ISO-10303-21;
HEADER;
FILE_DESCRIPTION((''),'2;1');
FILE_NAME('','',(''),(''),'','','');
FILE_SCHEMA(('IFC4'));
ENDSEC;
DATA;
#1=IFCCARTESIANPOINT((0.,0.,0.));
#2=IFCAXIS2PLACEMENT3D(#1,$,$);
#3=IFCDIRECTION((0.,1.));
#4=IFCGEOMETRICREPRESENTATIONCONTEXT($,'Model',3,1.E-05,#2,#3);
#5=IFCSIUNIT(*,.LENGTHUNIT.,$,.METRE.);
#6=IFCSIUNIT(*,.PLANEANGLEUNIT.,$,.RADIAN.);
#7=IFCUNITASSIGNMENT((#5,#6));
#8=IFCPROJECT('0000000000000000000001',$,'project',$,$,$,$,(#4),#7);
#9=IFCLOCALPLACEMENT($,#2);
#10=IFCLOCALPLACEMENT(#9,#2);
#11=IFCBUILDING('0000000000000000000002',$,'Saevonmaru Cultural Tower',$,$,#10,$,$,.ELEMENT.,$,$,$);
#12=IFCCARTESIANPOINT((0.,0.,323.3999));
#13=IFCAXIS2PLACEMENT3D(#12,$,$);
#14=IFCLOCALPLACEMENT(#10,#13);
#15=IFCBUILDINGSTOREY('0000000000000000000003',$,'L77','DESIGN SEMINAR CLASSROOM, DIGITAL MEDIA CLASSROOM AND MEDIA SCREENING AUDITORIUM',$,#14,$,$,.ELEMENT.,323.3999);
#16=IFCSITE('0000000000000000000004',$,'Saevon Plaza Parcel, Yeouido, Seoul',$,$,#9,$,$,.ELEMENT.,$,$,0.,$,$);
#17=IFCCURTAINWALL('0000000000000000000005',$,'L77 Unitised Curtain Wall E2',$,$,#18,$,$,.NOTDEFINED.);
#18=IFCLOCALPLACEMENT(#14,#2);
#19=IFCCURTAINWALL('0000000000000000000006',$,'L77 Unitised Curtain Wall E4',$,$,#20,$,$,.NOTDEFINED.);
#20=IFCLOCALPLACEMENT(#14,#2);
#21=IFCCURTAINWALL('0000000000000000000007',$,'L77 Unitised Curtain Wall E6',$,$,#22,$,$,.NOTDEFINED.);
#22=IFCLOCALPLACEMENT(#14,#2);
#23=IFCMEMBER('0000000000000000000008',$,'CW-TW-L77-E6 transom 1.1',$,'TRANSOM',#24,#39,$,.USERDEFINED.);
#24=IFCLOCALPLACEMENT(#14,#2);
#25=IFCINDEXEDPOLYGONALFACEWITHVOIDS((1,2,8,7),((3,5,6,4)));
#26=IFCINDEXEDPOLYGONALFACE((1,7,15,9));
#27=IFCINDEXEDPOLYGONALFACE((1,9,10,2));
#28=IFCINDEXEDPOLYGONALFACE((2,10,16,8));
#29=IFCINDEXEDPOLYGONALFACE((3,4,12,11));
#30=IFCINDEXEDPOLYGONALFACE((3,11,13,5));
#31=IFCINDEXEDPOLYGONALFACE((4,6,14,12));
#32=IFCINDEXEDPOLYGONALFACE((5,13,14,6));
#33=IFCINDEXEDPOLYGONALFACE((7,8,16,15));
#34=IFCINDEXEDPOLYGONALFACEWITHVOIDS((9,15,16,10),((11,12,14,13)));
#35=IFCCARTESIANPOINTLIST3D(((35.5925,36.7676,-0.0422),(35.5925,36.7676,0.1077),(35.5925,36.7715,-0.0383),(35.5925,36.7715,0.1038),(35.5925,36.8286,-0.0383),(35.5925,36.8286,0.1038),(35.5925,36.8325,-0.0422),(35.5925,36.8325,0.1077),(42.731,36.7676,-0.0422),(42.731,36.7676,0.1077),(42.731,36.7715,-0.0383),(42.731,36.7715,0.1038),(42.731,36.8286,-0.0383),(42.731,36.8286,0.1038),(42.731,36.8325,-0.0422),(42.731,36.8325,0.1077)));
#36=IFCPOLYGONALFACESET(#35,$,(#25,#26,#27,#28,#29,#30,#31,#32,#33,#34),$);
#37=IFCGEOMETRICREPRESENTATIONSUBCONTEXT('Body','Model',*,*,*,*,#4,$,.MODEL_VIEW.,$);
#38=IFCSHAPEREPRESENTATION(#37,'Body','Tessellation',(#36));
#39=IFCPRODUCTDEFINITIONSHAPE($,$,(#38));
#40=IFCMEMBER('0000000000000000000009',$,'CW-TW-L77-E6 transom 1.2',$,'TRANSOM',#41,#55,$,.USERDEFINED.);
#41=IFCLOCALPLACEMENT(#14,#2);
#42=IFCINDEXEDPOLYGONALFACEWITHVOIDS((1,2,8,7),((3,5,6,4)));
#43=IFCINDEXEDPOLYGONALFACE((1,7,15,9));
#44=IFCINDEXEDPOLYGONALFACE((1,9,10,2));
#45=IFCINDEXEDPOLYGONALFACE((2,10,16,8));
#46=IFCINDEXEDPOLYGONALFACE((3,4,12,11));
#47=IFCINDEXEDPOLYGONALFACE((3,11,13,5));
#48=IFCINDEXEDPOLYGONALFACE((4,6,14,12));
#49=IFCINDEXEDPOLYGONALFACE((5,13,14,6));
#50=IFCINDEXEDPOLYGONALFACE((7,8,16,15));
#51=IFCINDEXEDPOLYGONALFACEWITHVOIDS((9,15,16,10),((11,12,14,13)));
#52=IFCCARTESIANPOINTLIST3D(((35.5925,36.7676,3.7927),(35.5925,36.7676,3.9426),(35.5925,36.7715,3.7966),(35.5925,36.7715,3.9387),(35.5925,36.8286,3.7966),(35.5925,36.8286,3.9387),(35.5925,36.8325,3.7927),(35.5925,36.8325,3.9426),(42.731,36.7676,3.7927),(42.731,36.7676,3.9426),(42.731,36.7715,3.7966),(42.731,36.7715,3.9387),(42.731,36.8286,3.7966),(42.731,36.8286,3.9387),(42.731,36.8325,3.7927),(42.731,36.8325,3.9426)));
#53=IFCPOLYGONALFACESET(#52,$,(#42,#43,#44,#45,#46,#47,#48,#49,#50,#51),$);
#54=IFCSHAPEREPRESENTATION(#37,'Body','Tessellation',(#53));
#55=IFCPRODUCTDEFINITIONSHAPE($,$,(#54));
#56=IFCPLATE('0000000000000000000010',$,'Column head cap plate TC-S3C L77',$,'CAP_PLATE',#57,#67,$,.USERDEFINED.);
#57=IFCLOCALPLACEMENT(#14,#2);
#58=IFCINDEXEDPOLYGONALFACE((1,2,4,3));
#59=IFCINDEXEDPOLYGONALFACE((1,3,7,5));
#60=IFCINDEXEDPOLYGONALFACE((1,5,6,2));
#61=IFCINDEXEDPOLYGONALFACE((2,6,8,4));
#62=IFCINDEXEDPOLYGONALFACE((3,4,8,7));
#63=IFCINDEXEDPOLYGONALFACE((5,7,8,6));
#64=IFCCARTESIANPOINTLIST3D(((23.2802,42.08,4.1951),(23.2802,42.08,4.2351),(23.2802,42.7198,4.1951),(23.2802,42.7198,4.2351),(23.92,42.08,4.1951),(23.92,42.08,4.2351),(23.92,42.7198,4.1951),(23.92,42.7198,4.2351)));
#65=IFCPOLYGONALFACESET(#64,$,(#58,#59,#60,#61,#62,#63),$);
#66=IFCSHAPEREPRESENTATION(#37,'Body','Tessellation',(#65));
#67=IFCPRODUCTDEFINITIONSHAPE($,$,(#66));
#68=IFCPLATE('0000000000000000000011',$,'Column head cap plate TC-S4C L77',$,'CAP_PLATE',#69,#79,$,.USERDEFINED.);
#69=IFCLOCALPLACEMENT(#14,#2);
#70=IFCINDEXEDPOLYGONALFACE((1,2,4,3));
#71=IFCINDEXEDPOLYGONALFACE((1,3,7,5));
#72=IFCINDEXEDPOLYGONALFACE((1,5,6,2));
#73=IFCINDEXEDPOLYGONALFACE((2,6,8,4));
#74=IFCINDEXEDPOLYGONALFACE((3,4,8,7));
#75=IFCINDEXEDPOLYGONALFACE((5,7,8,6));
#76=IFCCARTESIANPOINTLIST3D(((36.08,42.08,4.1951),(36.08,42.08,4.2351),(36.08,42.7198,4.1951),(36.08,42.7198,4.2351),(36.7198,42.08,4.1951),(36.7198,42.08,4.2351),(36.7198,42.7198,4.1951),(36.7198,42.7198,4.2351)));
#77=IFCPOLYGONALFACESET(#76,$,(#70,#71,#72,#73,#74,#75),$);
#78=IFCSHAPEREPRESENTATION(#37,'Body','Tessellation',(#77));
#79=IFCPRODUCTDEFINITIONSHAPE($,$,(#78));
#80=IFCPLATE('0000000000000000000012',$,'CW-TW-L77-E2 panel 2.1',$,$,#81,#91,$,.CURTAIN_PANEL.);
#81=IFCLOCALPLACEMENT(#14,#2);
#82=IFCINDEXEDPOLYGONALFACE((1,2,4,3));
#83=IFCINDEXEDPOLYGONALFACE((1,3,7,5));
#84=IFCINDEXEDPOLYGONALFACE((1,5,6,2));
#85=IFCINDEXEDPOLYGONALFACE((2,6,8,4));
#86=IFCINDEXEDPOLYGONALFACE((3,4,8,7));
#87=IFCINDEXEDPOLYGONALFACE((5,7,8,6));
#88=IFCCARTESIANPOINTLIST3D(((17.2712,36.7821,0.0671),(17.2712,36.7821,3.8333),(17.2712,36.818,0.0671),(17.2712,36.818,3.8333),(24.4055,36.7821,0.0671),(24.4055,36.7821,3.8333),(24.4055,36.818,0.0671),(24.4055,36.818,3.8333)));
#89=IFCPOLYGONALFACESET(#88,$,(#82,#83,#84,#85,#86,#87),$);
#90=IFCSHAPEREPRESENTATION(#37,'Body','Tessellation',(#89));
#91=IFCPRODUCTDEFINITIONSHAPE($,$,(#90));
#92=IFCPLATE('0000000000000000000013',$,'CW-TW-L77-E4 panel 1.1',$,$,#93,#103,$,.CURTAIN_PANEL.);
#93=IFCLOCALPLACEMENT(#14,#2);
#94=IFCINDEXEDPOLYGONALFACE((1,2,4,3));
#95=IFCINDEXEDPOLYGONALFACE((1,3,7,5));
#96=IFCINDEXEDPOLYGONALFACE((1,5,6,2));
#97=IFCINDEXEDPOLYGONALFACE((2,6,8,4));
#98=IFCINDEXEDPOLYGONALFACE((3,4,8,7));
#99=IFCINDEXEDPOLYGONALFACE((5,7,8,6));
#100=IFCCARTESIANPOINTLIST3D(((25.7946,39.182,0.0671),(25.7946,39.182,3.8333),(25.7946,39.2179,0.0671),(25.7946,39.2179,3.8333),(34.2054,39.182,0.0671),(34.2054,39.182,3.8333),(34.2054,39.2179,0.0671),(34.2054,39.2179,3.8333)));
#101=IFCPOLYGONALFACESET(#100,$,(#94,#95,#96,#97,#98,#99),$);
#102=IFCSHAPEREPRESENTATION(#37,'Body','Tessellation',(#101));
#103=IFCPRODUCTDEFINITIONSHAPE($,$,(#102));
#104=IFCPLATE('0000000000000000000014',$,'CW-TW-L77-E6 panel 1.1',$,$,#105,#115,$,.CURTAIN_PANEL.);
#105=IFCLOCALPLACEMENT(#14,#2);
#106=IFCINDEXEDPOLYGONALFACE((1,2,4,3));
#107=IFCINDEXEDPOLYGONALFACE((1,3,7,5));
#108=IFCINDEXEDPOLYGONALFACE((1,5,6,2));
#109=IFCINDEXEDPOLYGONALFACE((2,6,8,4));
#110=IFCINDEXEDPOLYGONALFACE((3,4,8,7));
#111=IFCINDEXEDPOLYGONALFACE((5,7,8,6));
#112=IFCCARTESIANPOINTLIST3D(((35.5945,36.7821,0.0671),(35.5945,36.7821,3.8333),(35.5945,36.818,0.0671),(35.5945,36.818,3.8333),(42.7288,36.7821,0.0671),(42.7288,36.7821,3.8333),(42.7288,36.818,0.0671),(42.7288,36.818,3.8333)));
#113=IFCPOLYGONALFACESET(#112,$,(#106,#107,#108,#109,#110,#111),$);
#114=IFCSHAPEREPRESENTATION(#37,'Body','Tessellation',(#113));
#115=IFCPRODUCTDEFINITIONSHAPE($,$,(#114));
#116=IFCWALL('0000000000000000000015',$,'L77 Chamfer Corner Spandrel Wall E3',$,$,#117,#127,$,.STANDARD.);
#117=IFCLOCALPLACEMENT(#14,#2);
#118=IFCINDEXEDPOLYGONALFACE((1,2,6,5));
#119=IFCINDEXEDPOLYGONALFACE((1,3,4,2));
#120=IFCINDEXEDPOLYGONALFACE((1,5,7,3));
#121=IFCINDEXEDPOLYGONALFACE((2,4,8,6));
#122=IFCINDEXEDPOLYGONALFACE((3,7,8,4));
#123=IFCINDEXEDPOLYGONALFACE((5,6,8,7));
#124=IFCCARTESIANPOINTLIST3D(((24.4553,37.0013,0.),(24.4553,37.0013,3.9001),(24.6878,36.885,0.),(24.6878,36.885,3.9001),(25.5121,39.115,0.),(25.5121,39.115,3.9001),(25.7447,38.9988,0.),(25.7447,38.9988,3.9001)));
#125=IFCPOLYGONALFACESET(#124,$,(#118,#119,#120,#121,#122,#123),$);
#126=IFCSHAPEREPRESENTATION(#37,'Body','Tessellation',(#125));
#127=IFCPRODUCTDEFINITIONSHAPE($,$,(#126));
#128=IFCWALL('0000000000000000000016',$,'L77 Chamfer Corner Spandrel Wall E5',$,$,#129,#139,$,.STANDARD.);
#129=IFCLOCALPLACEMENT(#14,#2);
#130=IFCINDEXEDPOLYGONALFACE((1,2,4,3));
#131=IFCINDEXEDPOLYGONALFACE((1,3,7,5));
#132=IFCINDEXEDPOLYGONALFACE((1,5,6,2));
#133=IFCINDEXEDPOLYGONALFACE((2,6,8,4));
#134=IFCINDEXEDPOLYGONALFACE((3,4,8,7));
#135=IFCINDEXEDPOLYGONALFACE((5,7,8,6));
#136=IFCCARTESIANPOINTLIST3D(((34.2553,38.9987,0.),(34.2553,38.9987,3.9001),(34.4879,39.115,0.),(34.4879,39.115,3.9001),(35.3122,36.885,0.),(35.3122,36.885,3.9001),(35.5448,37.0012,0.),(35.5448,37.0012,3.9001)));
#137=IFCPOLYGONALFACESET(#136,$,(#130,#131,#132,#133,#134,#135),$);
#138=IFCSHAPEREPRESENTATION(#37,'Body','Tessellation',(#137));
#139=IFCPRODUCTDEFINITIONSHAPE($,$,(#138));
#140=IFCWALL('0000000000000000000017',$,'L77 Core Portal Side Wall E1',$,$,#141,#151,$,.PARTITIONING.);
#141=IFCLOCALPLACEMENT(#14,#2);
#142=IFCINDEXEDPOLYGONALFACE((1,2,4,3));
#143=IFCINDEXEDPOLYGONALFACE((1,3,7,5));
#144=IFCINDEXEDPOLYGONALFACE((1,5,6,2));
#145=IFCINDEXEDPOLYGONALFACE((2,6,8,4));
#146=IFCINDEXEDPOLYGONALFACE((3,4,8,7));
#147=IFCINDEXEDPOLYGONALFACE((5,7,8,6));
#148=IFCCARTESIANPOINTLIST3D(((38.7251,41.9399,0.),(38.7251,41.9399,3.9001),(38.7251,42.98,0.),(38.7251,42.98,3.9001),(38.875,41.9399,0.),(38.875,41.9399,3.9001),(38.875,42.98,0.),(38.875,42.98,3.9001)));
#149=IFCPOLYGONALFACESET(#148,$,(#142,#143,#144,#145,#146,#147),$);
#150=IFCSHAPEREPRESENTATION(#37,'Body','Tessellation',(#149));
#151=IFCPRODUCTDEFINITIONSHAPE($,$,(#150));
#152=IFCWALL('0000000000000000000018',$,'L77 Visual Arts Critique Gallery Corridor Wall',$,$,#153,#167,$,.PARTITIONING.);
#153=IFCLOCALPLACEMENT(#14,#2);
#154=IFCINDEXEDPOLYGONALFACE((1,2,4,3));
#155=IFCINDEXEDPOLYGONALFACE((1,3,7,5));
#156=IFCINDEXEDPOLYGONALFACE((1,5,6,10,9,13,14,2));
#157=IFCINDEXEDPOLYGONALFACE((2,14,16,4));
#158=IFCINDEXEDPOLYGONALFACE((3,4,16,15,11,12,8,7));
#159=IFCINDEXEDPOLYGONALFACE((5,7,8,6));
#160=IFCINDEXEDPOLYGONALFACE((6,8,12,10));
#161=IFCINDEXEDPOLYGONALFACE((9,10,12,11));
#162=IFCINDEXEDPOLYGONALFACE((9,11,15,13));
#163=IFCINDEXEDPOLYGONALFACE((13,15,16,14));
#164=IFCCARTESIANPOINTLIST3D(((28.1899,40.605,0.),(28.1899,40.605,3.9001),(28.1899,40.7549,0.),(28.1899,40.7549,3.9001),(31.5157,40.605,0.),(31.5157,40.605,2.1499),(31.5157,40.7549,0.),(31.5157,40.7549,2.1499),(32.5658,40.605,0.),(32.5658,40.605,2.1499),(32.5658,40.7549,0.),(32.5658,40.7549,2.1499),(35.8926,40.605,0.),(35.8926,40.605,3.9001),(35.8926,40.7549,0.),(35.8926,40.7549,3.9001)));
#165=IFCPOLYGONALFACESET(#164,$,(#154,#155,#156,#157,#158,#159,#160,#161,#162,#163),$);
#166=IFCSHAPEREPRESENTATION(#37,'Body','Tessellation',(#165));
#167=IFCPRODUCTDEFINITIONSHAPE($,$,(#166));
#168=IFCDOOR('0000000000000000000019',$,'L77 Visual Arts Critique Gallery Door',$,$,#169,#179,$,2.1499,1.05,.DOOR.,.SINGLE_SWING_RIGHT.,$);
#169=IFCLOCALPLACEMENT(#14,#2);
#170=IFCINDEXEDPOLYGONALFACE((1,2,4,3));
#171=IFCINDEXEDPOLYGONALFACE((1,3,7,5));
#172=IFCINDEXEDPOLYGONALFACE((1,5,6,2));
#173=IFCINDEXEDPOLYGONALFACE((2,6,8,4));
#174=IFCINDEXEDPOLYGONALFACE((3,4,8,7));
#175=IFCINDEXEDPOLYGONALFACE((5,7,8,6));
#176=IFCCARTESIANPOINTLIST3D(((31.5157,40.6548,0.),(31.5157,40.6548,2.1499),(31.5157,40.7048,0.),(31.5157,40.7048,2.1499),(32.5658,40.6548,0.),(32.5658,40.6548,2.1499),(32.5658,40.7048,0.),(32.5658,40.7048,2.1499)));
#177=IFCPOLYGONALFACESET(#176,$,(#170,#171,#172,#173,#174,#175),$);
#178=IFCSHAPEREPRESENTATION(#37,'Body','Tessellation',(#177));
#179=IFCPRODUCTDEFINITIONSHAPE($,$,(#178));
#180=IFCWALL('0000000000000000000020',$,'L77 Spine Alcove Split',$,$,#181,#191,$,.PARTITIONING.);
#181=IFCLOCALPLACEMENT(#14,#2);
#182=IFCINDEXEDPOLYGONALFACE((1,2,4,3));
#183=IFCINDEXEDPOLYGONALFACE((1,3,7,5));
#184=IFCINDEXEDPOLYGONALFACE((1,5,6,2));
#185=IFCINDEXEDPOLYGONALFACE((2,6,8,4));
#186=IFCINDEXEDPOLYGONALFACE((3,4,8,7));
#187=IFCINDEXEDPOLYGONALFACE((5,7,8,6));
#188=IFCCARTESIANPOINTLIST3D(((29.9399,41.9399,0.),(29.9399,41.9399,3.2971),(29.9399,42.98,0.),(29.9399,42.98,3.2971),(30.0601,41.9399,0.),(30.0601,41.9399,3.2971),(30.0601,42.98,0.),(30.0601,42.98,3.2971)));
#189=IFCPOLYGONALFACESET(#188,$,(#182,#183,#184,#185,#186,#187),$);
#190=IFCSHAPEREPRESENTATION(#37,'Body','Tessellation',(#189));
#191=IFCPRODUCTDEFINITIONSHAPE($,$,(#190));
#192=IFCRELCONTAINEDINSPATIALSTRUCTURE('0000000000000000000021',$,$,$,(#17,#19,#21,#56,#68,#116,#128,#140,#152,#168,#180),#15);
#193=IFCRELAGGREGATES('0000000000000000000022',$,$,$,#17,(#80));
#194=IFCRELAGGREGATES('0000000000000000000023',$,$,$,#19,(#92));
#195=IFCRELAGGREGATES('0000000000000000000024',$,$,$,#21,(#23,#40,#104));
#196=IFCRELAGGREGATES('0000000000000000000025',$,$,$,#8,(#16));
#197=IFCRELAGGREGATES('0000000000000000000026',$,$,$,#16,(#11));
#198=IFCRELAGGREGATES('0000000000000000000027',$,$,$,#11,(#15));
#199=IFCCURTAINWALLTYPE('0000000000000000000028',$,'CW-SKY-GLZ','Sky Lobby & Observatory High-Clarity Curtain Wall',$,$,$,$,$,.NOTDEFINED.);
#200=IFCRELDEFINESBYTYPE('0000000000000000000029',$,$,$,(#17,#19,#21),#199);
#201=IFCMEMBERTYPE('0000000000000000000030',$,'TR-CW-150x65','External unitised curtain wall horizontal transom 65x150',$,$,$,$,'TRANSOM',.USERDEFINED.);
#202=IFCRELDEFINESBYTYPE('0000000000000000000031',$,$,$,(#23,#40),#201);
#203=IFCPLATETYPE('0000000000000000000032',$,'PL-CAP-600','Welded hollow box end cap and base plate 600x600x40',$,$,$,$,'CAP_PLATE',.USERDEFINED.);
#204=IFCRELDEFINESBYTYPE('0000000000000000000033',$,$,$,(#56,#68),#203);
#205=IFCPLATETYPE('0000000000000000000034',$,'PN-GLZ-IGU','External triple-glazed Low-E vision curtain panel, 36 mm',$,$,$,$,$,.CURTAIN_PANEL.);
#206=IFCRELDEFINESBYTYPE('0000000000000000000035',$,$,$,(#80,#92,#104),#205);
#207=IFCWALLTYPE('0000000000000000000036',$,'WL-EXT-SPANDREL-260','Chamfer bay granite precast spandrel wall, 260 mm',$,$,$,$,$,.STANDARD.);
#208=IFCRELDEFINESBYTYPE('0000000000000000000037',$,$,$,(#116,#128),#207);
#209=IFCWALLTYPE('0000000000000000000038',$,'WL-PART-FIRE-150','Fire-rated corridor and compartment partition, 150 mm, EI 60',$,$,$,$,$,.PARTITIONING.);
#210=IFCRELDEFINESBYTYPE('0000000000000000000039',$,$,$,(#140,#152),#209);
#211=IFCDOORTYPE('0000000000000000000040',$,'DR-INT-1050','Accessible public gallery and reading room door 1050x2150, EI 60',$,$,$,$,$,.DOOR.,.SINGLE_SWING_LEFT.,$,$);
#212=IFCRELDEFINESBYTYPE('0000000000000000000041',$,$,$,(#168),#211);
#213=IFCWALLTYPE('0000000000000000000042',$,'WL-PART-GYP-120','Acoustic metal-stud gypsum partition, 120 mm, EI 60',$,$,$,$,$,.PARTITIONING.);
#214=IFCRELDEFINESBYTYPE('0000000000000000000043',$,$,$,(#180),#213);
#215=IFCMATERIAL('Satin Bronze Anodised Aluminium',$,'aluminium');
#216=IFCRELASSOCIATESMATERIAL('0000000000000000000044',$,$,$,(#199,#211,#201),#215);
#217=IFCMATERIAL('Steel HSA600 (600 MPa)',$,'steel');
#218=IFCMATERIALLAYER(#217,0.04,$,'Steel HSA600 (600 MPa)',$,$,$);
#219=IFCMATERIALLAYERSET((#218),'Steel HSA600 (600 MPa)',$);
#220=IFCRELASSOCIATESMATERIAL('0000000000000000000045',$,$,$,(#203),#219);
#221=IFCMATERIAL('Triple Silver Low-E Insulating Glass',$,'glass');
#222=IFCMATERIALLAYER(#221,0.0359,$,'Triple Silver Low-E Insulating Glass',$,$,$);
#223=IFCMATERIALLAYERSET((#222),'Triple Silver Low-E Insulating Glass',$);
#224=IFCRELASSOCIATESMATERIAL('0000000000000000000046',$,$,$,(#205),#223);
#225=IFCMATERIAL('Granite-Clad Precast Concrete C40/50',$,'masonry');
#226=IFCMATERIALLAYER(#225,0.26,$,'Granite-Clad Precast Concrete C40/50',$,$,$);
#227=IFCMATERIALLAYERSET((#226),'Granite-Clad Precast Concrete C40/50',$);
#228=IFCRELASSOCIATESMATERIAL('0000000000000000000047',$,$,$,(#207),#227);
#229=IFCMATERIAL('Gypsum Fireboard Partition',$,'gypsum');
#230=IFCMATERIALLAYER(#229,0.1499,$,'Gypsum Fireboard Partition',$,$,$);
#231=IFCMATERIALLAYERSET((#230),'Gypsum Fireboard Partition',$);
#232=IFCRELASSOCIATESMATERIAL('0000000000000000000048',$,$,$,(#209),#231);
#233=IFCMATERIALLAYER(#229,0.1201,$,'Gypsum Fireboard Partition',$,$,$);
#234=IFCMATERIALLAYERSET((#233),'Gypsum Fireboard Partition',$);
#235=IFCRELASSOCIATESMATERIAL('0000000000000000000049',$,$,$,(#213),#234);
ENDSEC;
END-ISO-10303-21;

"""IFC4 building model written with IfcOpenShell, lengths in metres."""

from ifc_helpers import new_model, si_unit, direction, frame, frame_2d, origin, origin_2d, place, context, subcontext, project, spatial, rectangle, hollow_rectangle, extrude, material, layer, layer_set, material_profile, profile_set, type_object, element, fill, aggregate, save


model = new_model("IFC4")

# Units and contexts
model_context = context("Model", 3, precision=1e-05, world=origin(), true_north=direction((0.0, 1.0)))
body_context = subcontext(model_context, "Body", "Model", "MODEL_VIEW")
ifc_project = project(units=[si_unit("LENGTHUNIT", "METRE"), si_unit("PLANEANGLEUNIT", "RADIAN")], contexts=[model_context])

# Site, building, storey
site_placement = place(None, origin())
site = spatial("IfcSite", under=ifc_project, at=site_placement, Name="Saevon Plaza Parcel, Yeouido, Seoul", CompositionType="ELEMENT", RefElevation=0.0)
building_placement = place(site_placement, origin())
building = spatial("IfcBuilding", under=site, at=building_placement, Name="Saevonmaru Cultural Tower", CompositionType="ELEMENT")
storey_placement = place(building_placement, frame((0.0, 0.0, 323.3999)))
storey = spatial("IfcBuildingStorey", under=building, at=storey_placement, Name="L77", Description="DESIGN SEMINAR CLASSROOM, DIGITAL MEDIA CLASSROOM AND MEDIA SCREENING AUDITORIUM", CompositionType="ELEMENT", Elevation=323.3999)

# Curtain wall
ifc_material_1 = material(Name="Satin Bronze Anodised Aluminium", Category="aluminium")
curtain_wall_type = type_object("IfcCurtainWallType", Name="CW-SKY-GLZ", Description="Sky Lobby & Observatory High-Clarity Curtain Wall", PredefinedType="NOTDEFINED", material=ifc_material_1)
curtain_wall_1_placement = place(storey_placement, origin())
curtain_wall_1 = element("IfcCurtainWall", 1, at=curtain_wall_1_placement, inside=storey, type_object=curtain_wall_type, Name="L77 Unitised Curtain Wall E2", PredefinedType="NOTDEFINED")

# Curtain wall
curtain_wall_2_placement = place(storey_placement, origin())
curtain_wall_2 = element("IfcCurtainWall", 2, at=curtain_wall_2_placement, inside=storey, type_object=curtain_wall_type, Name="L77 Unitised Curtain Wall E4", PredefinedType="NOTDEFINED")

# Curtain wall
curtain_wall_3_placement = place(storey_placement, origin())
curtain_wall_3 = element("IfcCurtainWall", 3, at=curtain_wall_3_placement, inside=storey, type_object=curtain_wall_type, Name="L77 Unitised Curtain Wall E6", PredefinedType="NOTDEFINED")

# Members
ifc_material_profile_1 = material_profile(ifc_material_1, hollow_rectangle(XDim=0.0649, YDim=0.1499, WallThickness=0.0039, at=origin_2d()), Name="ALU-TRAN-150x65x4")
ifc_profile_set_1 = profile_set([ifc_material_profile_1], Name="Satin Bronze Anodised Aluminium")
member_type_1 = type_object("IfcMemberType", Name="TR-CW-150x65", Description="External unitised curtain wall horizontal transom 65x150", ElementType="TRANSOM", PredefinedType="USERDEFINED", material=ifc_profile_set_1)
member_1_placement = place(storey_placement, frame((35.5925, 36.8, 0.0327), z_axis=(1.0, 0.0, 0.0), x_axis=(0.0, 1.0, 0.0)))
member_1 = element("IfcMember", 4, at=member_1_placement, type_object=member_type_1, Name="CW-TW-L77-E6 transom 1.1", ObjectType="TRANSOM", PredefinedType="USERDEFINED", context=body_context, shape_type="SweptSolid", body=[
    extrude(hollow_rectangle(XDim=0.0649, YDim=0.1499, WallThickness=0.0039, at=origin_2d()), origin(), (0.0, 0.0, 1.0), 7.1384),
])
member_2_placement = place(storey_placement, frame((35.5925, 36.8, 3.8677), z_axis=(1.0, 0.0, 0.0), x_axis=(0.0, 1.0, 0.0)))
member_2 = element("IfcMember", 5, at=member_2_placement, type_object=member_type_1, Name="CW-TW-L77-E6 transom 1.2", ObjectType="TRANSOM", PredefinedType="USERDEFINED", context=body_context, shape_type="SweptSolid", body=[
    extrude(hollow_rectangle(XDim=0.0649, YDim=0.1499, WallThickness=0.0039, at=origin_2d()), origin(), (0.0, 0.0, 1.0), 7.1384),
])

# Plates
ifc_material_2 = material(Name="Steel HSA600 (600 MPa)", Category="steel")
ifc_layer_1 = layer(ifc_material_2, 0.04, Name="Steel HSA600 (600 MPa)")
ifc_layer_set_1 = layer_set([ifc_layer_1], Name="Steel HSA600 (600 MPa)")
plate_type_1 = type_object("IfcPlateType", Name="PL-CAP-600", Description="Welded hollow box end cap and base plate 600x600x40", ElementType="CAP_PLATE", PredefinedType="USERDEFINED", material=ifc_layer_set_1)
for number, where, z_axis, x_axis, name in (
    (6, (23.6001, 42.3999, 4.1951), (0.0, 0.0, 1.0), (1.0, 0.0, 0.0), "Column head cap plate TC-S3C L77"),
    (7, (36.3999, 42.3999, 4.1951), (0.0, 0.0, 1.0), (1.0, 0.0, 0.0), "Column head cap plate TC-S4C L77"),
):
    element("IfcPlate", number, at=place(storey_placement, frame(where, z_axis=z_axis, x_axis=x_axis)), inside=storey, type_object=plate_type_1, Name=name, ObjectType="CAP_PLATE", PredefinedType="USERDEFINED", context=body_context, shape_type="SweptSolid", body=[
        extrude(rectangle(XDim=0.6399, YDim=0.6399, at=origin_2d()), origin(), (0.0, 0.0, 1.0), 0.04),
    ])

# Plates
ifc_material_3 = material(Name="Triple Silver Low-E Insulating Glass", Category="glass")
ifc_layer_2 = layer(ifc_material_3, 0.0359, Name="Triple Silver Low-E Insulating Glass")
ifc_layer_set_2 = layer_set([ifc_layer_2], Name="Triple Silver Low-E Insulating Glass")
plate_type_2 = type_object("IfcPlateType", Name="PN-GLZ-IGU", Description="External triple-glazed Low-E vision curtain panel, 36 mm", PredefinedType="CURTAIN_PANEL", material=ifc_layer_set_2)
plate_1_placement = place(storey_placement, frame((20.8384, 36.8, 0.0671), z_axis=(0.0, 0.0, 1.0), x_axis=(1.0, 0.0, 0.0)))
plate_1 = element("IfcPlate", 8, at=plate_1_placement, type_object=plate_type_2, Name="CW-TW-L77-E2 panel 2.1", PredefinedType="CURTAIN_PANEL", context=body_context, shape_type="SweptSolid", body=[
    extrude(rectangle(XDim=7.1343, YDim=0.0359, at=origin_2d()), origin(), (0.0, 0.0, 1.0), 3.7661),
])
aggregate(curtain_wall_1, [plate_1])
plate_2_placement = place(storey_placement, frame((30.0, 39.2, 0.0671), z_axis=(0.0, 0.0, 1.0), x_axis=(1.0, 0.0, 0.0)))
plate_2 = element("IfcPlate", 9, at=plate_2_placement, type_object=plate_type_2, Name="CW-TW-L77-E4 panel 1.1", PredefinedType="CURTAIN_PANEL", context=body_context, shape_type="SweptSolid", body=[
    extrude(rectangle(XDim=8.4109, YDim=0.0359, at=origin_2d()), origin(), (0.0, 0.0, 1.0), 3.7661),
])
aggregate(curtain_wall_2, [plate_2])
plate_3_placement = place(storey_placement, frame((39.1616, 36.8, 0.0671), z_axis=(0.0, 0.0, 1.0), x_axis=(1.0, 0.0, 0.0)))
plate_3 = element("IfcPlate", 10, at=plate_3_placement, type_object=plate_type_2, Name="CW-TW-L77-E6 panel 1.1", PredefinedType="CURTAIN_PANEL", context=body_context, shape_type="SweptSolid", body=[
    extrude(rectangle(XDim=7.1343, YDim=0.0359, at=origin_2d()), origin(), (0.0, 0.0, 1.0), 3.7661),
])
aggregate(curtain_wall_3, [member_1, member_2, plate_3])

# Walls
ifc_material_4 = material(Name="Granite-Clad Precast Concrete C40/50", Category="masonry")
ifc_layer_3 = layer(ifc_material_4, 0.26, Name="Granite-Clad Precast Concrete C40/50")
ifc_layer_set_3 = layer_set([ifc_layer_3], Name="Granite-Clad Precast Concrete C40/50")
wall_type_1 = type_object("IfcWallType", Name="WL-EXT-SPANDREL-260", Description="Chamfer bay granite precast spandrel wall, 260 mm", PredefinedType="STANDARD", material=ifc_layer_set_3)
for number, where, z_axis, x_axis, name in (
    (11, (24.5715, 36.9431, 0.0), (0.0, 0.0, 1.0), (0.447214, 0.894427, 0.0), "L77 Chamfer Corner Spandrel Wall E3"),
    (12, (34.3716, 39.0569, 0.0), (0.0, 0.0, 1.0), (0.447214, -0.894427, 0.0), "L77 Chamfer Corner Spandrel Wall E5"),
):
    element("IfcWall", number, at=place(storey_placement, frame(where, z_axis=z_axis, x_axis=x_axis)), inside=storey, type_object=wall_type_1, Name=name, PredefinedType="STANDARD", context=body_context, shape_type="SweptSolid", body=[
        extrude(rectangle(XDim=2.3633, YDim=0.26, at=frame_2d((1.1816, 0.0))), origin(), (0.0, 0.0, 1.0), 3.9001),
    ])
ifc_material_5 = material(Name="Gypsum Fireboard Partition", Category="gypsum")
ifc_layer_4 = layer(ifc_material_5, 0.1499, Name="Gypsum Fireboard Partition")
ifc_layer_set_4 = layer_set([ifc_layer_4], Name="Gypsum Fireboard Partition")
wall_type_2 = type_object("IfcWallType", Name="WL-PART-FIRE-150", Description="Fire-rated corridor and compartment partition, 150 mm, EI 60", PredefinedType="PARTITIONING", material=ifc_layer_set_4)
wall_1_placement = place(storey_placement, frame((38.8, 41.9399, 0.0), z_axis=(0.0, 0.0, 1.0), x_axis=(0.0, 1.0, 0.0)))
element("IfcWall", 13, at=wall_1_placement, inside=storey, type_object=wall_type_2, Name="L77 Core Portal Side Wall E1", PredefinedType="PARTITIONING", context=body_context, shape_type="SweptSolid", body=[
    extrude(rectangle(XDim=1.04, YDim=0.1499, at=frame_2d((0.52, 0.0))), origin(), (0.0, 0.0, 1.0), 3.9001),
])

# Wall, opening, door
wall_2_placement = place(storey_placement, frame((28.1899, 40.6799, 0.0), z_axis=(0.0, 0.0, 1.0), x_axis=(1.0, 0.0, 0.0)))
wall_2 = element("IfcWall", 14, at=wall_2_placement, inside=storey, type_object=wall_type_2, Name="L77 Visual Arts Critique Gallery Corridor Wall", PredefinedType="PARTITIONING", context=body_context, shape_type="SweptSolid", body=[
    extrude(rectangle(XDim=7.7026, YDim=0.1499, at=frame_2d((3.8513, 0.0))), origin(), (0.0, 0.0, 1.0), 3.9001),
])
opening_1_placement = place(wall_2_placement, frame((3.3259, 0.0, 0.0)))
opening_1 = element("IfcOpeningElement", 15, at=opening_1_placement, cuts=wall_2, PredefinedType="OPENING", context=body_context, shape_type="SweptSolid", body=[
    extrude(rectangle(XDim=1.05, YDim=2.1499, at=frame_2d((0.5249, 1.075))), frame((0.0, 0.085, 0.0), z_axis=(0.0, -1.0, 0.0), x_axis=(1.0, 0.0, 0.0)), (0.0, 0.0, 1.0), 0.1699),
])
door_type_1 = type_object("IfcDoorType", Name="DR-INT-1050", Description="Accessible public gallery and reading room door 1050x2150, EI 60", OperationType="SINGLE_SWING_LEFT", PredefinedType="DOOR", material=ifc_material_1)
door_1_placement = place(opening_1_placement, origin())
door_1 = element("IfcDoor", 16, at=door_1_placement, inside=storey, type_object=door_type_1, Name="L77 Visual Arts Critique Gallery Door", OperationType="SINGLE_SWING_RIGHT", OverallHeight=2.1499, OverallWidth=1.05, PredefinedType="DOOR", context=body_context, shape_type="SweptSolid", body=[
    extrude(rectangle(XDim=1.05, YDim=2.1499, at=frame_2d((0.5249, 1.075))), frame((0.0, 0.0249, 0.0), z_axis=(0.0, -1.0, 0.0), x_axis=(1.0, 0.0, 0.0)), (0.0, 0.0, 1.0), 0.05),
])
fill(opening_1, door_1)

# Wall
ifc_layer_5 = layer(ifc_material_5, 0.1201, Name="Gypsum Fireboard Partition")
ifc_layer_set_5 = layer_set([ifc_layer_5], Name="Gypsum Fireboard Partition")
wall_type_3 = type_object("IfcWallType", Name="WL-PART-GYP-120", Description="Acoustic metal-stud gypsum partition, 120 mm, EI 60", PredefinedType="PARTITIONING", material=ifc_layer_set_5)
wall_3_placement = place(storey_placement, frame((30.0, 41.9399, 0.0), z_axis=(0.0, 0.0, 1.0), x_axis=(0.0, 1.0, 0.0)))
element("IfcWall", 17, at=wall_3_placement, inside=storey, type_object=wall_type_3, Name="L77 Spine Alcove Split", PredefinedType="PARTITIONING", context=body_context, shape_type="SweptSolid", body=[
    extrude(rectangle(XDim=1.04, YDim=0.1201, at=frame_2d((0.52, 0.0))), origin(), (0.0, 0.0, 1.0), 3.2971),
])

save(model, "model.ifc")
